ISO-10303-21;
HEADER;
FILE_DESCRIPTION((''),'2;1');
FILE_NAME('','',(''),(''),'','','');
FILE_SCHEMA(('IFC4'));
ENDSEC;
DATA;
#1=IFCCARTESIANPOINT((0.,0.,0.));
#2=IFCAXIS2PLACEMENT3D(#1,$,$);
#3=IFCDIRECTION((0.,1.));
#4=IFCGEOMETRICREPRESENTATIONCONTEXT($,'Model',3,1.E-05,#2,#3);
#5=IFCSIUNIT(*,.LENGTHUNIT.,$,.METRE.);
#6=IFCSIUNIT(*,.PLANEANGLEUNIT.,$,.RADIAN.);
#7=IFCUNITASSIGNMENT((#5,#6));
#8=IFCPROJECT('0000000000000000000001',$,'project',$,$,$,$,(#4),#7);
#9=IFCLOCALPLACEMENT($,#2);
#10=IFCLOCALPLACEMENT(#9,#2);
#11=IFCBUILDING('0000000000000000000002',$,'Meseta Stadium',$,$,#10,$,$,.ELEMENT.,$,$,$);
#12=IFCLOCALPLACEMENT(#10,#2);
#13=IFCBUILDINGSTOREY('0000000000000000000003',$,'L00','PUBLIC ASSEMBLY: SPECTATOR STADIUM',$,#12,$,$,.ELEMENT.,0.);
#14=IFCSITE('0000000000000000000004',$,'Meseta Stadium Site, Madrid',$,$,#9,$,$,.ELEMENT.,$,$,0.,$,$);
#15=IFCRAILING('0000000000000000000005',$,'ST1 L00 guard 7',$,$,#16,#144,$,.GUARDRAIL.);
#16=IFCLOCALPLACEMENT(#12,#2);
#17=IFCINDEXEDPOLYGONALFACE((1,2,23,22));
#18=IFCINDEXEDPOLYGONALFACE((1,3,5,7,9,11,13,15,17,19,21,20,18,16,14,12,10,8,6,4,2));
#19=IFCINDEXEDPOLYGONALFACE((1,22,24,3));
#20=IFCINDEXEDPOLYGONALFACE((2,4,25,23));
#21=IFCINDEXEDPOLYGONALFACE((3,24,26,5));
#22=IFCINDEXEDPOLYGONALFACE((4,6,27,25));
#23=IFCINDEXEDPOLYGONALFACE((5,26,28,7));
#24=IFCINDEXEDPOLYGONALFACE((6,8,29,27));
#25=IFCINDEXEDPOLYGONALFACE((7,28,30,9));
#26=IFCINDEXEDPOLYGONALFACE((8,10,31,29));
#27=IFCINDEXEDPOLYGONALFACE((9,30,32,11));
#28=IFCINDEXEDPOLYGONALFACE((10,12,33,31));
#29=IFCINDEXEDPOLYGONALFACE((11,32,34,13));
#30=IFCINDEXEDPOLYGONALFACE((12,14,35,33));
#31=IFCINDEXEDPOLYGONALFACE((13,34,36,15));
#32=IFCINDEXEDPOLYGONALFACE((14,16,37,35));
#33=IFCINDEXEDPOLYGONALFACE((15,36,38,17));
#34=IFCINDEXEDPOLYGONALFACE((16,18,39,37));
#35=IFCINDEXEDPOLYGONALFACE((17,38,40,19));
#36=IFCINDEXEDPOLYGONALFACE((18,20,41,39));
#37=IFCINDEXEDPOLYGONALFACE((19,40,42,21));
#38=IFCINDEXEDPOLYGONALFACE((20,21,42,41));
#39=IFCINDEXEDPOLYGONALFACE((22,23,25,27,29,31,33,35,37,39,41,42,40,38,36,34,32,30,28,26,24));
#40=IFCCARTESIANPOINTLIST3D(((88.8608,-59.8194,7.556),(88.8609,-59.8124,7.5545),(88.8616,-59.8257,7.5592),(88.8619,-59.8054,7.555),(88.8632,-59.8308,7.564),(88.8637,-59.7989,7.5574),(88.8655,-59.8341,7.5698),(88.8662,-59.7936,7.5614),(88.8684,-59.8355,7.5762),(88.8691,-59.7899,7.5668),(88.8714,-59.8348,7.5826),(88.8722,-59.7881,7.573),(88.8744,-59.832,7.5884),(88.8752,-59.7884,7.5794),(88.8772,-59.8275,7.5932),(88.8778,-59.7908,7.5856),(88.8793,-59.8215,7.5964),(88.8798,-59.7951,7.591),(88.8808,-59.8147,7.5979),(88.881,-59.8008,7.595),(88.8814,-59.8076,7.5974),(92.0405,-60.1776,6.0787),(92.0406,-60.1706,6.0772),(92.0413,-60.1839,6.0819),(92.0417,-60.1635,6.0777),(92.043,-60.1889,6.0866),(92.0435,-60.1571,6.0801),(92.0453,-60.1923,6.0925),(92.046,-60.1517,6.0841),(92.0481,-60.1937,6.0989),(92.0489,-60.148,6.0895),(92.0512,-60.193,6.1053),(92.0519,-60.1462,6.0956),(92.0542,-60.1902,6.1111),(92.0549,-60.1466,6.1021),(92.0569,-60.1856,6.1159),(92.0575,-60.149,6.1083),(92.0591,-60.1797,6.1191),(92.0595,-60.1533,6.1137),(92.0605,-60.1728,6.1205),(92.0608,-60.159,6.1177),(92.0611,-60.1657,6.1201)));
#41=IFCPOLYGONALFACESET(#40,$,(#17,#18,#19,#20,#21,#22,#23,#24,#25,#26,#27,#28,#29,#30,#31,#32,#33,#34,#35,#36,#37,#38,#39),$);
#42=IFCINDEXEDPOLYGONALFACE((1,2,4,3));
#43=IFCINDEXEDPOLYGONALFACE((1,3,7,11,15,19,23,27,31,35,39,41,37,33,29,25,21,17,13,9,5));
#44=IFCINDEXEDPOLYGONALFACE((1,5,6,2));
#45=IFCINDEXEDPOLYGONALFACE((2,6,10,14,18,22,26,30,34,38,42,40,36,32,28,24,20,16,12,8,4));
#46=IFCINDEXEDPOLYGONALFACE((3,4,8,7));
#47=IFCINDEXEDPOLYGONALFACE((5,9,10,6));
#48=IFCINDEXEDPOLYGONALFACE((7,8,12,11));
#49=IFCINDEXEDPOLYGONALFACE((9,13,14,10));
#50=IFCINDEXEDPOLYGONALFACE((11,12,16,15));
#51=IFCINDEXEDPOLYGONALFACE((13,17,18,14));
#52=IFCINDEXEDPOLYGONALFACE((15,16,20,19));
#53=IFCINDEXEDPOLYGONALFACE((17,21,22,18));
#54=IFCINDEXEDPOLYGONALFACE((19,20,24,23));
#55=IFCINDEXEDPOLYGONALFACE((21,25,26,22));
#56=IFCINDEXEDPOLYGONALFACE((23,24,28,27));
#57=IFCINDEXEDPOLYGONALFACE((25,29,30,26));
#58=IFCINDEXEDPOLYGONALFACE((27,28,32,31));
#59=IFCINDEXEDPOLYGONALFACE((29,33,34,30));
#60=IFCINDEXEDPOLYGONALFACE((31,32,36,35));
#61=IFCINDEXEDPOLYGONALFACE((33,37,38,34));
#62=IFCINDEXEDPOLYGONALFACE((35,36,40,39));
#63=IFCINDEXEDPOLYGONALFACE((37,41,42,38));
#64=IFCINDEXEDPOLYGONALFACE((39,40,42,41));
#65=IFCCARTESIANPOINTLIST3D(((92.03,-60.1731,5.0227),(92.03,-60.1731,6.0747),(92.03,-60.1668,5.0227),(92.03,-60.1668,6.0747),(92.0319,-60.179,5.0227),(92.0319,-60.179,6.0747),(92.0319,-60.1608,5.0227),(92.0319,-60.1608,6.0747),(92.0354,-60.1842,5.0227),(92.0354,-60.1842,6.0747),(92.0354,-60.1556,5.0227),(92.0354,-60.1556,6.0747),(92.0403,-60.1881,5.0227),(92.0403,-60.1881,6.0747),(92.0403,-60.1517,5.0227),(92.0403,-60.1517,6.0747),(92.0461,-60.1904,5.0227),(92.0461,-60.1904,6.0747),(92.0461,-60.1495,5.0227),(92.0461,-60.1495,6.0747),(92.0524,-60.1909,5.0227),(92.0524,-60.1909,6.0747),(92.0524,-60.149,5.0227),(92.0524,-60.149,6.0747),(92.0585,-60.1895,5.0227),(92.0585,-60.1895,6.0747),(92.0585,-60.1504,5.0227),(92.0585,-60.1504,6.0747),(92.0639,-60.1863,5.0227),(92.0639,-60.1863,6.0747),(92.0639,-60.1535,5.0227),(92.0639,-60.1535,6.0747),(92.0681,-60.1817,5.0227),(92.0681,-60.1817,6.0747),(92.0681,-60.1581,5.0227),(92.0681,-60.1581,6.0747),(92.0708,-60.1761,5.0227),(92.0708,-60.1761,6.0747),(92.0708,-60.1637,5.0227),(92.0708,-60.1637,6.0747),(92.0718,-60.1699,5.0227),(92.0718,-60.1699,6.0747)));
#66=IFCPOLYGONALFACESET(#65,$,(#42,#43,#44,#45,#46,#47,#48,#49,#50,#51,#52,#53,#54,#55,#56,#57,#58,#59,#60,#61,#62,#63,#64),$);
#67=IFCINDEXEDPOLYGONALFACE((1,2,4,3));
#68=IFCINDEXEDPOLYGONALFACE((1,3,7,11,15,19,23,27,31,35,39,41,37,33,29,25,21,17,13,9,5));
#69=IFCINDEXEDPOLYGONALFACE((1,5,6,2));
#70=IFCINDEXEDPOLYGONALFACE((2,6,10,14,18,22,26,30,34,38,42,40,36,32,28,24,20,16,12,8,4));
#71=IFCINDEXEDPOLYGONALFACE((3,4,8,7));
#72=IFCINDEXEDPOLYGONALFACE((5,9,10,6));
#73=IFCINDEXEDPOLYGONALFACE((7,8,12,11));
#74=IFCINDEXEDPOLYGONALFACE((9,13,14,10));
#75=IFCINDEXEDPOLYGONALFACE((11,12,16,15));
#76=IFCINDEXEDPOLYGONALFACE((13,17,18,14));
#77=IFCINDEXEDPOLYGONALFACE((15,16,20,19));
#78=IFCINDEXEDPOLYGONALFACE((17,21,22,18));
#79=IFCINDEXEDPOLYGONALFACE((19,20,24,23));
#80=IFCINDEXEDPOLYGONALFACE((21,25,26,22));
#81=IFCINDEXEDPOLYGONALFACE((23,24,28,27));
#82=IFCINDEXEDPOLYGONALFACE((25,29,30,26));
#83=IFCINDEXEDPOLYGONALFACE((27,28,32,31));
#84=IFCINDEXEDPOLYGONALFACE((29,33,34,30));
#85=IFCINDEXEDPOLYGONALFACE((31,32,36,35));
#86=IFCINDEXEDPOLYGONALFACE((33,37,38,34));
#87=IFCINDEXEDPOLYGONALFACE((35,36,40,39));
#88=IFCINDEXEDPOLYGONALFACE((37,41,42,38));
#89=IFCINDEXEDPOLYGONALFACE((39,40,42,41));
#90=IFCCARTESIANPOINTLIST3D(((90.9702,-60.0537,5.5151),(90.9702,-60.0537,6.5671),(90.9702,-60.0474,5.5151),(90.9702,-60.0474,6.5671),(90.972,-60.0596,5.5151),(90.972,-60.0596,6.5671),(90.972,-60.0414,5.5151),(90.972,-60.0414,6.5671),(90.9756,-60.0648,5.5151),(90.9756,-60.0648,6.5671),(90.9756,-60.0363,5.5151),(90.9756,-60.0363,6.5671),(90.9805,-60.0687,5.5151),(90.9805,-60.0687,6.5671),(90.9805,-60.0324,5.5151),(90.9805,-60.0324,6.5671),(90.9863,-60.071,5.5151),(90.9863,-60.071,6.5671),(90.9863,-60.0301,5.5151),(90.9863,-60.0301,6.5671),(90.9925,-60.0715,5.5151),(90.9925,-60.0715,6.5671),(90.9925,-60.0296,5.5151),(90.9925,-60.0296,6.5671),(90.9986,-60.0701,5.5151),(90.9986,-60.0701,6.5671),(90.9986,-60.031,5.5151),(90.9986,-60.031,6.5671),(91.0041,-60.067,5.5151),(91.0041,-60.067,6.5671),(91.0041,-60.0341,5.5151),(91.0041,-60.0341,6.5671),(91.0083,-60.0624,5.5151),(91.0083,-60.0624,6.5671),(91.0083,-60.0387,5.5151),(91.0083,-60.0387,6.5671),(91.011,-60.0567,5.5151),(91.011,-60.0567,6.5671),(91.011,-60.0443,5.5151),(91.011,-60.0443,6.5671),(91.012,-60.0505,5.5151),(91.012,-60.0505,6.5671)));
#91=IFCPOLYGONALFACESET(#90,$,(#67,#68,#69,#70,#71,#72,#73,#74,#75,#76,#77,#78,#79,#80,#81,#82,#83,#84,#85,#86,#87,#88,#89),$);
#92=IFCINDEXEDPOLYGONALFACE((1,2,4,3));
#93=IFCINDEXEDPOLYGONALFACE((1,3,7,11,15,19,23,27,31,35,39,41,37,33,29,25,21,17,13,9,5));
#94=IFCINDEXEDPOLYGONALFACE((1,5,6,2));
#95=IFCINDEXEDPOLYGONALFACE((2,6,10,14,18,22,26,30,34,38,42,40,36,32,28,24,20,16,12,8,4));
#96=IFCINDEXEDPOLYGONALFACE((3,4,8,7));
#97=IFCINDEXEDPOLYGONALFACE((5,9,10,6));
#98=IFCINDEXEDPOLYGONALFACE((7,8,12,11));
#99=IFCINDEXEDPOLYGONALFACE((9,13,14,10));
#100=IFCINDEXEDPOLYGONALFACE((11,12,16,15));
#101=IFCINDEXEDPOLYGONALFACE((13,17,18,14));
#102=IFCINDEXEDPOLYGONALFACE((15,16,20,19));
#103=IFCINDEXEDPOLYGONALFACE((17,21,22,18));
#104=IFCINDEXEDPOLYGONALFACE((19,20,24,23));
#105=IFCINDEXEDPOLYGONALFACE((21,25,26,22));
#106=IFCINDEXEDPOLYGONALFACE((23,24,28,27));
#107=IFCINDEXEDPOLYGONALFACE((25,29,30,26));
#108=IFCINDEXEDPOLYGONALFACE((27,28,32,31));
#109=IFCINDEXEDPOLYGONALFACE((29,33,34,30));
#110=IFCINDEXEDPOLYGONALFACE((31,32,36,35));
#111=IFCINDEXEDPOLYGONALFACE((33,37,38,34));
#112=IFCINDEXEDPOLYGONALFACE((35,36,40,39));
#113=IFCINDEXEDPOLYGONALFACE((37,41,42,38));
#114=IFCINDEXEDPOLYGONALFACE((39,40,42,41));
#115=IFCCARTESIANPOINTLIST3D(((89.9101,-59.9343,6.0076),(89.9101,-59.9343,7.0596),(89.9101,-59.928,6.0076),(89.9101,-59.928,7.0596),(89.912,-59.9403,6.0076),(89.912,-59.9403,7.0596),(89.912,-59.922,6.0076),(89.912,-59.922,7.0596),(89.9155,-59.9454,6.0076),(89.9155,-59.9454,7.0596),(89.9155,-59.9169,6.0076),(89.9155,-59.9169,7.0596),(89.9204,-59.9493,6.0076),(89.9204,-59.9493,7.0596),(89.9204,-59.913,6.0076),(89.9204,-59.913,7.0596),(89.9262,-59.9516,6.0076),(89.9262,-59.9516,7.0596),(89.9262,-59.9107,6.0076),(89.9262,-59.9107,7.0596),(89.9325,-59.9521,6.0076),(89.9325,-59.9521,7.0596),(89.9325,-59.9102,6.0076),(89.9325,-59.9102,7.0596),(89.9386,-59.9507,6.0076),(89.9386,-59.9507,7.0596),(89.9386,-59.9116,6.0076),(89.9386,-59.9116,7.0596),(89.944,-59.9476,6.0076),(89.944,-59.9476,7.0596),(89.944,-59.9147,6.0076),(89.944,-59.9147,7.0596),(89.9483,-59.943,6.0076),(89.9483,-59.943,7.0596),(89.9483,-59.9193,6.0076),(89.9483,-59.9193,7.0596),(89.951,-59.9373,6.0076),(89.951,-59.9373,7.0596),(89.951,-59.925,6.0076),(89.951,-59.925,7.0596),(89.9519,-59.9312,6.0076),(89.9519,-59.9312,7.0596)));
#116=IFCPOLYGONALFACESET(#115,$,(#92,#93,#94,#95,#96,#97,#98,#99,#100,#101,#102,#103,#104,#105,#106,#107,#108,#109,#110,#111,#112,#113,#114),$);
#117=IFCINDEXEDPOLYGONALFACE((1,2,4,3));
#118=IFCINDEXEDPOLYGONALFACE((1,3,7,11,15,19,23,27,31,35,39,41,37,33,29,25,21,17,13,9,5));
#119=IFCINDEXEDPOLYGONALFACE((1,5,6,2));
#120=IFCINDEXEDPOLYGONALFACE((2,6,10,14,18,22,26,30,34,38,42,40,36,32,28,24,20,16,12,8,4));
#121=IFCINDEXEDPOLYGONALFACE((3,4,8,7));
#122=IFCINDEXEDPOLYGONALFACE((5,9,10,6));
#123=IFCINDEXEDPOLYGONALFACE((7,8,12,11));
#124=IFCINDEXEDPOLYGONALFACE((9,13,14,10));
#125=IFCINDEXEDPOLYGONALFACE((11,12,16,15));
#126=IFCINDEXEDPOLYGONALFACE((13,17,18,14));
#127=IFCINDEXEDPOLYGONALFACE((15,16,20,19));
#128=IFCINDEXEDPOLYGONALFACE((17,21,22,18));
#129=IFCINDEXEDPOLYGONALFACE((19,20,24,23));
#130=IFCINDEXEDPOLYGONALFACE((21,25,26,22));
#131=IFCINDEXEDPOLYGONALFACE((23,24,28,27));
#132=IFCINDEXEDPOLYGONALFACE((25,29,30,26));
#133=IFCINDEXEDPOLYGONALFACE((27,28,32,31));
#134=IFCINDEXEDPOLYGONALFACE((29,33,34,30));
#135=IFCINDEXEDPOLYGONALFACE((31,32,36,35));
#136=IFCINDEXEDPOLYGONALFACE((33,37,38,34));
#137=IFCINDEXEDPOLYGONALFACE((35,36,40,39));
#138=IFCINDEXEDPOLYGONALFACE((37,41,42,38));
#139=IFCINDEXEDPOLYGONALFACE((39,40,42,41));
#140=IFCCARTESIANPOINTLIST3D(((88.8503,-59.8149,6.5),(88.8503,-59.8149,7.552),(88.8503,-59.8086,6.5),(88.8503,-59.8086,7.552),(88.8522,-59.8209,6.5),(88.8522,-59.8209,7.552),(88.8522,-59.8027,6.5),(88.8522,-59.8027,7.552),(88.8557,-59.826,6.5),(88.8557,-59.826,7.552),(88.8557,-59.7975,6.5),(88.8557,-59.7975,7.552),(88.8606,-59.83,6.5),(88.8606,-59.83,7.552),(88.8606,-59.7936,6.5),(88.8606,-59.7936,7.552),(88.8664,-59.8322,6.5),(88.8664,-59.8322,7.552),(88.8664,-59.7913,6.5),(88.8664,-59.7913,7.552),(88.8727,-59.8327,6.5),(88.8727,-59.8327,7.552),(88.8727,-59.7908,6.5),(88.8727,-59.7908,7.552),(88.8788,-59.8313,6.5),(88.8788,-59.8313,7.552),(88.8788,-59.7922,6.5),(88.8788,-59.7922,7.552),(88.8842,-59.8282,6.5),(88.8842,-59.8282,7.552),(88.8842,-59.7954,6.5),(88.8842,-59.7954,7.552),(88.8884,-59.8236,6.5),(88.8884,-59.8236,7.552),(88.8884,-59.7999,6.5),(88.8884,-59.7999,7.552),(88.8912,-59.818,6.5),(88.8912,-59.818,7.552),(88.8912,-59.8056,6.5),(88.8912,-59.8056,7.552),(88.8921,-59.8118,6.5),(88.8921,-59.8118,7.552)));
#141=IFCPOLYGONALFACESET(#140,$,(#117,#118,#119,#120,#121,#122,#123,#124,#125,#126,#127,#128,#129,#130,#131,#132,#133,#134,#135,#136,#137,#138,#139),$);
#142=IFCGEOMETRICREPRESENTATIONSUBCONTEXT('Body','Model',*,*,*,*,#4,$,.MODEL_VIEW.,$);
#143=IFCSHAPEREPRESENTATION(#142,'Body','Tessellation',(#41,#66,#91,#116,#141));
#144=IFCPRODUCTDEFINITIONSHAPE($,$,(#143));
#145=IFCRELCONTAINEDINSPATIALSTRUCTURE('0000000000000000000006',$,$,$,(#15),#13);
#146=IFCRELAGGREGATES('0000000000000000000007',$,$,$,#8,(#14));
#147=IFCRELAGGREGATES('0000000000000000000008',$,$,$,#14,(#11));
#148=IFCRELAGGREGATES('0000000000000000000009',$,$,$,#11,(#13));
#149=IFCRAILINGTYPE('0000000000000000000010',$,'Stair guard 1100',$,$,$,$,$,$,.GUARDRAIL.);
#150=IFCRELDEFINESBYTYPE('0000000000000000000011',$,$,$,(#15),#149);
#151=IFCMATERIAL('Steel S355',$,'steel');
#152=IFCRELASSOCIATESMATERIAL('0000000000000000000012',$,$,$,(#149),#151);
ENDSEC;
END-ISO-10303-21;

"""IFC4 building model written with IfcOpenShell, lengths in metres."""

from ifc_helpers import new_model, si_unit, direction, frame, origin, origin_2d, place, context, subcontext, project, spatial, circle, extrude, material, type_object, element, save


model = new_model("IFC4")

# Units and contexts
model_context = context("Model", 3, precision=1e-05, world=origin(), true_north=direction((0.0, 1.0)))
body_context = subcontext(model_context, "Body", "Model", "MODEL_VIEW")
ifc_project = project(units=[si_unit("LENGTHUNIT", "METRE"), si_unit("PLANEANGLEUNIT", "RADIAN")], contexts=[model_context])

# Site, building, storey
site_placement = place(None, origin())
site = spatial("IfcSite", under=ifc_project, at=site_placement, Name="Meseta Stadium Site, Madrid", CompositionType="ELEMENT", RefElevation=0.0)
building_placement = place(site_placement, origin())
building = spatial("IfcBuilding", under=site, at=building_placement, Name="Meseta Stadium", CompositionType="ELEMENT")
storey_placement = place(building_placement, origin())
storey = spatial("IfcBuildingStorey", under=building, at=storey_placement, Name="L00", Description="PUBLIC ASSEMBLY: SPECTATOR STADIUM", CompositionType="ELEMENT", Elevation=0.0)

# Railing
ifc_material_1 = material(Name="Steel S355", Category="steel")
railing_type_1 = type_object("IfcRailingType", Name="Stair guard 1100", PredefinedType="GUARDRAIL", material=ifc_material_1)
railing_1_placement = place(storey_placement, frame((92.0508, -60.1699, 5.0227)))
element("IfcRailing", 1, at=railing_1_placement, inside=storey, type_object=railing_type_1, Name="ST1 L00 guard 7", PredefinedType="GUARDRAIL", context=body_context, shape_type="SweptSolid", body=[
    extrude(circle(Radius=0.0239, at=origin_2d()), frame((0.0, 0.0, 1.0762), z_axis=(-0.902204, 0.101623, 0.419167), x_axis=(-0.11193, -0.993716, 0.0)), (0.0, 0.0, 1.0), 3.5244),
    extrude(circle(Radius=0.021, at=origin_2d()), origin(), (0.0, 0.0, 1.0), 1.052),
    extrude(circle(Radius=0.021, at=origin_2d()), frame((-1.0598, 0.1194, 0.4924)), (0.0, 0.0, 1.0), 1.052),
    extrude(circle(Radius=0.021, at=origin_2d()), frame((-2.1199, 0.2388, 0.9849)), (0.0, 0.0, 1.0), 1.052),
    extrude(circle(Radius=0.021, at=origin_2d()), frame((-3.1797, 0.3582, 1.4773)), (0.0, 0.0, 1.0), 1.052),
])

save(model, "model.ifc")
